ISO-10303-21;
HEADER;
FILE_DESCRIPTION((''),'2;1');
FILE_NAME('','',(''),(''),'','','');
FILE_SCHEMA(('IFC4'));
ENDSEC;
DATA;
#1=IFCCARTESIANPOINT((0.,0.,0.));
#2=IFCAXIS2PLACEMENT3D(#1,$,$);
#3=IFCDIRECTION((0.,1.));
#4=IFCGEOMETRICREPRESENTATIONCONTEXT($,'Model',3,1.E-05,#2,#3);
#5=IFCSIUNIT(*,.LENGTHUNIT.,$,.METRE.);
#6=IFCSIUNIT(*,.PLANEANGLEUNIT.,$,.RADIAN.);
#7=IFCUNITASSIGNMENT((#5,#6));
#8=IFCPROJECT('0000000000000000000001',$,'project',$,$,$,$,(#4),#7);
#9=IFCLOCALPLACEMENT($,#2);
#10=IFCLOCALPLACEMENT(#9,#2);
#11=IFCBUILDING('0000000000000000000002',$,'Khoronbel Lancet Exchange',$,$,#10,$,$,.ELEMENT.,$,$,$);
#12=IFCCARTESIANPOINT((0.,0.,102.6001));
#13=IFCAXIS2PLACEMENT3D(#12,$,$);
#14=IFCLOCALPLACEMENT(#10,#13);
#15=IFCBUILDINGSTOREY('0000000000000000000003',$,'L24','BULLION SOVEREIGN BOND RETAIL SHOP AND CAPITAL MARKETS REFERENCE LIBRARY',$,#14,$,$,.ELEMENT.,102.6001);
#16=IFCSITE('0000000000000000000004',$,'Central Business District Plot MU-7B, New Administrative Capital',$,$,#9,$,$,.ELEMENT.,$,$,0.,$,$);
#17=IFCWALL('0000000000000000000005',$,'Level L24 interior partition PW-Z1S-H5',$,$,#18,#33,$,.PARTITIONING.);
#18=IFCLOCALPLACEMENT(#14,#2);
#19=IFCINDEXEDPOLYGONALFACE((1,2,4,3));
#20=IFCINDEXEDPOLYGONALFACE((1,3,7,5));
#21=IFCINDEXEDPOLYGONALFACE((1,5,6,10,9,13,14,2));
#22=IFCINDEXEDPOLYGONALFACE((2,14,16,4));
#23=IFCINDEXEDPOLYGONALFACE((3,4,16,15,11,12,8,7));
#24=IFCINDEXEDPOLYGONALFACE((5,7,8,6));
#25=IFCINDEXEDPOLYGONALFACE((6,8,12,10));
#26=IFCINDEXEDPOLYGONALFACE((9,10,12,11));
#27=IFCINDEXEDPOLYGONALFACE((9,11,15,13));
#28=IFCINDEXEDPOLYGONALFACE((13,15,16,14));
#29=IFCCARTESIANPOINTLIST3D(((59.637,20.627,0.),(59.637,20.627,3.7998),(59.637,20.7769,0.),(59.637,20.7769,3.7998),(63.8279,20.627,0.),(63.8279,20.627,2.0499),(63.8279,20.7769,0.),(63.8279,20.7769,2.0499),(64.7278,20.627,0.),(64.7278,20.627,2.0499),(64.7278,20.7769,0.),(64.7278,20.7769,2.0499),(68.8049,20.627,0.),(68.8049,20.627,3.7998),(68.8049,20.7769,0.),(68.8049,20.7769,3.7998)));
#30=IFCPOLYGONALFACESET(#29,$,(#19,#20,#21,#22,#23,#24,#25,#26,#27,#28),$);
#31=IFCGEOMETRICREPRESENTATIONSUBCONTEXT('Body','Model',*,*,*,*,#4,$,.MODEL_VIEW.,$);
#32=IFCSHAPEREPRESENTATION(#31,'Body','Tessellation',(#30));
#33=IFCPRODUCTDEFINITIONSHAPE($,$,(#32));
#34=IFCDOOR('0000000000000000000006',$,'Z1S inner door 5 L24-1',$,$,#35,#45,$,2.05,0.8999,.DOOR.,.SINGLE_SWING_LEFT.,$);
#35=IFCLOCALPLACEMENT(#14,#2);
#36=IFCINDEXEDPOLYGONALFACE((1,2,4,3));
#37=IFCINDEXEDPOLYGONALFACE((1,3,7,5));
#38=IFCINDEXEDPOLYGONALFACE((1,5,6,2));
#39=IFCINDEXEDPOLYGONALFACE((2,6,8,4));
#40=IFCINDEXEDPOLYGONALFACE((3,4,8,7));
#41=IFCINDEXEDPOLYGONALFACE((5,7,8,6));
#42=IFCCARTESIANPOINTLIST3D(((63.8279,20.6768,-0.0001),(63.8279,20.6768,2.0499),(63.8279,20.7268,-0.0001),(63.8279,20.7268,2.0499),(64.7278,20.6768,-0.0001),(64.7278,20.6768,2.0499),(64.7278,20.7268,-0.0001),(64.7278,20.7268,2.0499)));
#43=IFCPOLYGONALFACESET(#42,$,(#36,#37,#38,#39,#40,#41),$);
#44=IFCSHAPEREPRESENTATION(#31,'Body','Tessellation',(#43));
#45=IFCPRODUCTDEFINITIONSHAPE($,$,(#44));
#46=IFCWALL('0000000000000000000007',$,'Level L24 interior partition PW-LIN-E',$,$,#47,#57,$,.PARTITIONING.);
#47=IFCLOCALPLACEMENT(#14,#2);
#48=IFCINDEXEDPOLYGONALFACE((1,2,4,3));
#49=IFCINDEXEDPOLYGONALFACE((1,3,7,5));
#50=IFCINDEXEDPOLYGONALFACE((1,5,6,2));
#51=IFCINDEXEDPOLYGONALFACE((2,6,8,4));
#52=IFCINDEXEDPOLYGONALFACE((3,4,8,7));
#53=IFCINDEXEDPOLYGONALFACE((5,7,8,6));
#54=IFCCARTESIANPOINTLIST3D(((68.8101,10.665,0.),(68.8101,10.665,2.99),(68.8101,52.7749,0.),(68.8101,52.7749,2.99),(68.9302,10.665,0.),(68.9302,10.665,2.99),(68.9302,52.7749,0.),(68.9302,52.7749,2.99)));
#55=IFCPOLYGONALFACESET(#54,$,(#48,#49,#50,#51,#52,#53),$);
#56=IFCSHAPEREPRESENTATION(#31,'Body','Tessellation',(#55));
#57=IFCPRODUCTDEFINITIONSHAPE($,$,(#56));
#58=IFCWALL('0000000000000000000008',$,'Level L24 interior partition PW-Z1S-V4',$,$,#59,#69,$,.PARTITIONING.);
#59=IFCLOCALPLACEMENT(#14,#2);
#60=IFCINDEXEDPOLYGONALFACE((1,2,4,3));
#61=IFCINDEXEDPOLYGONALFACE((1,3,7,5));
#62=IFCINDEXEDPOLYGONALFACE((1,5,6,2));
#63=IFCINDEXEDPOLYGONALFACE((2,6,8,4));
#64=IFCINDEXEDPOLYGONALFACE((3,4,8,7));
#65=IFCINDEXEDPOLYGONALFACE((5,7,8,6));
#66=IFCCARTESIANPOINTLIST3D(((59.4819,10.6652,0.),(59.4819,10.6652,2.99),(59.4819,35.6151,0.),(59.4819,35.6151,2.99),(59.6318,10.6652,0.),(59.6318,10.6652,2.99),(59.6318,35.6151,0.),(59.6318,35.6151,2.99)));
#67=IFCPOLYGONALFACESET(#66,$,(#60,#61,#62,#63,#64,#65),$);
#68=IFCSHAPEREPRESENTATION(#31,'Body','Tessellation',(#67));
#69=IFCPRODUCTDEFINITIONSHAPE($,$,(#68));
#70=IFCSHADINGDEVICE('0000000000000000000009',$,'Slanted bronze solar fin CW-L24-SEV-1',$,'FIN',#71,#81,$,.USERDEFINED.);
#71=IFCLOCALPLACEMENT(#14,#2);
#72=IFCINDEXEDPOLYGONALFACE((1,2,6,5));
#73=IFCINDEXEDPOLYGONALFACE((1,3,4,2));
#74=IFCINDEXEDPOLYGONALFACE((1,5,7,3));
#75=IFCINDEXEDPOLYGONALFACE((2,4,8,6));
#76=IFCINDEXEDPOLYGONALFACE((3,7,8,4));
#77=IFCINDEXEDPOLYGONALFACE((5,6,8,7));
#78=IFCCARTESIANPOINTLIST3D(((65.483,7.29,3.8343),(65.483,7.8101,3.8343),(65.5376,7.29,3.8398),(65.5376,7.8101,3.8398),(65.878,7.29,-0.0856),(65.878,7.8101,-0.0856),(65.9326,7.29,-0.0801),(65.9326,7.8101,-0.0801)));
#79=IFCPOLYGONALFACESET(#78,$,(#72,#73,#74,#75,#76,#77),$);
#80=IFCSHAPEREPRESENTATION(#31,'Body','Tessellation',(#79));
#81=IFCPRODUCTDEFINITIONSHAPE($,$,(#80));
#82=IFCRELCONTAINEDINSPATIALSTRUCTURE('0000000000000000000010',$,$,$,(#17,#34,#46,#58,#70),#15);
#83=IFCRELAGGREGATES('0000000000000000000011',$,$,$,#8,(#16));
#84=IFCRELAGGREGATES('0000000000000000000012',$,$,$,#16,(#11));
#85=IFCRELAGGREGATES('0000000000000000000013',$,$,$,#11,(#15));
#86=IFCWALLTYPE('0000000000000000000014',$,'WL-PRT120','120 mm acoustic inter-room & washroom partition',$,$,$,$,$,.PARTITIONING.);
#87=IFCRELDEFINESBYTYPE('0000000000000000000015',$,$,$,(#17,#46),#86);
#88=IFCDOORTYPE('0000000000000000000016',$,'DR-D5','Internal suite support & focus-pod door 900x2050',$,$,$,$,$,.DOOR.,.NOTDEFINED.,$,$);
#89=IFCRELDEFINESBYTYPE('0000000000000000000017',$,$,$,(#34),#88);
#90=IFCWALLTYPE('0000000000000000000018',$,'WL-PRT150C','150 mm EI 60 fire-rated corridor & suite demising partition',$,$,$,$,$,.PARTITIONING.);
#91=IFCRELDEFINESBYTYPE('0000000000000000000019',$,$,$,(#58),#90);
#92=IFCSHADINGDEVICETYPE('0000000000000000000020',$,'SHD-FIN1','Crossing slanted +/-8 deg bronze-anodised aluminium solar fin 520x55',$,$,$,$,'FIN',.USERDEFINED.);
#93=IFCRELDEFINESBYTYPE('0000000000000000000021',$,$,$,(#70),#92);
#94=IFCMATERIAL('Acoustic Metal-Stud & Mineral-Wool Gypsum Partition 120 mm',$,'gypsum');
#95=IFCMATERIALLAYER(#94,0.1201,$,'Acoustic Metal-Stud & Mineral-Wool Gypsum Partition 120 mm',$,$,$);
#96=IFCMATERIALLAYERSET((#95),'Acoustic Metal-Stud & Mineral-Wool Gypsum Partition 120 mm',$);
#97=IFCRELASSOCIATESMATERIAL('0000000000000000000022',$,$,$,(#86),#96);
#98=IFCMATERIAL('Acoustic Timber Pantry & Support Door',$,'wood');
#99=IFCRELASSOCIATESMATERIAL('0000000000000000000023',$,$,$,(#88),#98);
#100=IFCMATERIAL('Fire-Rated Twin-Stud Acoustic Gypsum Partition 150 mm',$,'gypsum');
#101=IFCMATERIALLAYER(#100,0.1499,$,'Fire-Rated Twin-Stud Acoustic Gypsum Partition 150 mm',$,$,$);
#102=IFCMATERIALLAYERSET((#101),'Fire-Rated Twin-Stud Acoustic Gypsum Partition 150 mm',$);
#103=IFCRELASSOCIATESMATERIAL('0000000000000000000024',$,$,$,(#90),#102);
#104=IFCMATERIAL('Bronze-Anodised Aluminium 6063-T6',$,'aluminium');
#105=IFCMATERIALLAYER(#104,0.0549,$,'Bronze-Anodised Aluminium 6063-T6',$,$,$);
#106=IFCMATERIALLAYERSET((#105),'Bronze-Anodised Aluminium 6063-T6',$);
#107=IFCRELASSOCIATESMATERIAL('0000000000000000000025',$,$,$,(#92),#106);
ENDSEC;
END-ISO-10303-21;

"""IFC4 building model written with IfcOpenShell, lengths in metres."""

from ifc_helpers import new_model, si_unit, direction, frame, frame_2d, origin, place, context, subcontext, project, spatial, polyline, rectangle, outline, extrude, material, layer, layer_set, type_object, element, fill, save


model = new_model("IFC4")

# Units and contexts
model_context = context("Model", 3, precision=1e-05, world=origin(), true_north=direction((0.0, 1.0)))
body_context = subcontext(model_context, "Body", "Model", "MODEL_VIEW")
ifc_project = project(units=[si_unit("LENGTHUNIT", "METRE"), si_unit("PLANEANGLEUNIT", "RADIAN")], contexts=[model_context])

# Site, building, storey
site_placement = place(None, origin())
site = spatial("IfcSite", under=ifc_project, at=site_placement, Name="Central Business District Plot MU-7B, New Administrative Capital", CompositionType="ELEMENT", RefElevation=0.0)
building_placement = place(site_placement, origin())
building = spatial("IfcBuilding", under=site, at=building_placement, Name="Khoronbel Lancet Exchange", CompositionType="ELEMENT")
storey_placement = place(building_placement, frame((0.0, 0.0, 102.6001)))
storey = spatial("IfcBuildingStorey", under=building, at=storey_placement, Name="L24", Description="BULLION SOVEREIGN BOND RETAIL SHOP AND CAPITAL MARKETS REFERENCE LIBRARY", CompositionType="ELEMENT", Elevation=102.6001)

# Shared definitions
ifc_material_1 = material(Name="Bronze-Anodised Aluminium 6063-T6", Category="aluminium")

# Wall, opening, door
ifc_material_2 = material(Name="Acoustic Metal-Stud & Mineral-Wool Gypsum Partition 120 mm", Category="gypsum")
ifc_layer_1 = layer(ifc_material_2, 0.1201, Name="Acoustic Metal-Stud & Mineral-Wool Gypsum Partition 120 mm")
ifc_layer_set_1 = layer_set([ifc_layer_1], Name="Acoustic Metal-Stud & Mineral-Wool Gypsum Partition 120 mm")
wall_type_1 = type_object("IfcWallType", Name="WL-PRT120", Description="120 mm acoustic inter-room & washroom partition", PredefinedType="PARTITIONING", material=ifc_layer_set_1)
wall_1_placement = place(storey_placement, frame((59.637, 20.7019, 0.0), z_axis=(0.0, 0.0, 1.0), x_axis=(1.0, 0.0, 0.0)))
wall_1 = element("IfcWall", 1, at=wall_1_placement, inside=storey, type_object=wall_type_1, Name="Level L24 interior partition PW-Z1S-H5", PredefinedType="PARTITIONING", context=body_context, shape_type="SweptSolid", body=[
    extrude(rectangle(XDim=9.168, YDim=0.1499, at=frame_2d((4.584, 0.0))), origin(), (0.0, 0.0, 1.0), 3.7998),
])
opening_placement = place(wall_1_placement, frame((4.1909, 0.0, 0.0)))
opening = element("IfcOpeningElement", 2, at=opening_placement, cuts=wall_1, PredefinedType="OPENING", context=body_context, shape_type="SweptSolid", body=[
    extrude(rectangle(XDim=0.8999, YDim=2.05, at=frame_2d((0.45, 1.0249))), frame((0.0, 0.085, 0.0), z_axis=(0.0, -1.0, 0.0), x_axis=(1.0, 0.0, 0.0)), (0.0, 0.0, 1.0), 0.1699),
])
ifc_material_3 = material(Name="Acoustic Timber Pantry & Support Door", Category="wood")
door_type = type_object("IfcDoorType", Name="DR-D5", Description="Internal suite support & focus-pod door 900x2050", OperationType="NOTDEFINED", PredefinedType="DOOR", material=ifc_material_3)
door_placement = place(opening_placement, origin())
door = element("IfcDoor", 3, at=door_placement, inside=storey, type_object=door_type, Name="Z1S inner door 5 L24-1", OperationType="SINGLE_SWING_LEFT", OverallHeight=2.05, OverallWidth=0.8999, PredefinedType="DOOR", context=body_context, shape_type="SweptSolid", body=[
    extrude(rectangle(XDim=0.8999, YDim=2.05, at=frame_2d((0.45, 1.0249))), frame((0.0, 0.0249, 0.0), z_axis=(0.0, -1.0, 0.0), x_axis=(1.0, 0.0, 0.0)), (0.0, 0.0, 1.0), 0.05),
])
fill(opening, door)

# Walls
wall_2_placement = place(storey_placement, frame((68.8701, 10.665, 0.0), z_axis=(0.0, 0.0, 1.0), x_axis=(0.0, 1.0, 0.0)))
element("IfcWall", 4, at=wall_2_placement, inside=storey, type_object=wall_type_1, Name="Level L24 interior partition PW-LIN-E", PredefinedType="PARTITIONING", context=body_context, shape_type="SweptSolid", body=[
    extrude(rectangle(XDim=42.1099, YDim=0.1201, at=frame_2d((21.0549, 0.0))), origin(), (0.0, 0.0, 1.0), 2.99),
])
ifc_material_4 = material(Name="Fire-Rated Twin-Stud Acoustic Gypsum Partition 150 mm", Category="gypsum")
ifc_layer_2 = layer(ifc_material_4, 0.1499, Name="Fire-Rated Twin-Stud Acoustic Gypsum Partition 150 mm")
ifc_layer_set_2 = layer_set([ifc_layer_2], Name="Fire-Rated Twin-Stud Acoustic Gypsum Partition 150 mm")
wall_type_2 = type_object("IfcWallType", Name="WL-PRT150C", Description="150 mm EI 60 fire-rated corridor & suite demising partition", PredefinedType="PARTITIONING", material=ifc_layer_set_2)
wall_3_placement = place(storey_placement, frame((59.5569, 10.665, 0.0), z_axis=(0.0, 0.0, 1.0), x_axis=(0.0, 1.0, 0.0)))
element("IfcWall", 5, at=wall_3_placement, inside=storey, type_object=wall_type_2, Name="Level L24 interior partition PW-Z1S-V4", PredefinedType="PARTITIONING", context=body_context, shape_type="SweptSolid", body=[
    extrude(rectangle(XDim=24.95, YDim=0.1499, at=frame_2d((12.4751, 0.0))), origin(), (0.0, 0.0, 1.0), 2.99),
])

# Shading device
ifc_layer_3 = layer(ifc_material_1, 0.0549, Name="Bronze-Anodised Aluminium 6063-T6")
ifc_layer_set_3 = layer_set([ifc_layer_3], Name="Bronze-Anodised Aluminium 6063-T6")
shading_device_type = type_object("IfcShadingDeviceType", Name="SHD-FIN1", Description="Crossing slanted +/-8 deg bronze-anodised aluminium solar fin 520x55", ElementType="FIN", PredefinedType="USERDEFINED", material=ifc_layer_set_3)
shading_device_placement = place(storey_placement, frame((65.9326, 7.8101, -0.0801), z_axis=(0.994961, 0.0, 0.100264), x_axis=(0.0, -1.0, 0.0)))
element("IfcShadingDevice", 6, at=shading_device_placement, inside=storey, type_object=shading_device_type, Name="Slanted bronze solar fin CW-L24-SEV-1", ObjectType="FIN", PredefinedType="USERDEFINED", context=body_context, shape_type="SweptSolid", body=[
    extrude(outline(polyline([(0.0, 0.0), (0.52, 0.0), (0.52, -3.9397), (0.0, -3.9397), (0.0, 0.0)])), origin(), (0.0, 0.0, -1.0), 0.0549),
])

save(model, "model.ifc")
